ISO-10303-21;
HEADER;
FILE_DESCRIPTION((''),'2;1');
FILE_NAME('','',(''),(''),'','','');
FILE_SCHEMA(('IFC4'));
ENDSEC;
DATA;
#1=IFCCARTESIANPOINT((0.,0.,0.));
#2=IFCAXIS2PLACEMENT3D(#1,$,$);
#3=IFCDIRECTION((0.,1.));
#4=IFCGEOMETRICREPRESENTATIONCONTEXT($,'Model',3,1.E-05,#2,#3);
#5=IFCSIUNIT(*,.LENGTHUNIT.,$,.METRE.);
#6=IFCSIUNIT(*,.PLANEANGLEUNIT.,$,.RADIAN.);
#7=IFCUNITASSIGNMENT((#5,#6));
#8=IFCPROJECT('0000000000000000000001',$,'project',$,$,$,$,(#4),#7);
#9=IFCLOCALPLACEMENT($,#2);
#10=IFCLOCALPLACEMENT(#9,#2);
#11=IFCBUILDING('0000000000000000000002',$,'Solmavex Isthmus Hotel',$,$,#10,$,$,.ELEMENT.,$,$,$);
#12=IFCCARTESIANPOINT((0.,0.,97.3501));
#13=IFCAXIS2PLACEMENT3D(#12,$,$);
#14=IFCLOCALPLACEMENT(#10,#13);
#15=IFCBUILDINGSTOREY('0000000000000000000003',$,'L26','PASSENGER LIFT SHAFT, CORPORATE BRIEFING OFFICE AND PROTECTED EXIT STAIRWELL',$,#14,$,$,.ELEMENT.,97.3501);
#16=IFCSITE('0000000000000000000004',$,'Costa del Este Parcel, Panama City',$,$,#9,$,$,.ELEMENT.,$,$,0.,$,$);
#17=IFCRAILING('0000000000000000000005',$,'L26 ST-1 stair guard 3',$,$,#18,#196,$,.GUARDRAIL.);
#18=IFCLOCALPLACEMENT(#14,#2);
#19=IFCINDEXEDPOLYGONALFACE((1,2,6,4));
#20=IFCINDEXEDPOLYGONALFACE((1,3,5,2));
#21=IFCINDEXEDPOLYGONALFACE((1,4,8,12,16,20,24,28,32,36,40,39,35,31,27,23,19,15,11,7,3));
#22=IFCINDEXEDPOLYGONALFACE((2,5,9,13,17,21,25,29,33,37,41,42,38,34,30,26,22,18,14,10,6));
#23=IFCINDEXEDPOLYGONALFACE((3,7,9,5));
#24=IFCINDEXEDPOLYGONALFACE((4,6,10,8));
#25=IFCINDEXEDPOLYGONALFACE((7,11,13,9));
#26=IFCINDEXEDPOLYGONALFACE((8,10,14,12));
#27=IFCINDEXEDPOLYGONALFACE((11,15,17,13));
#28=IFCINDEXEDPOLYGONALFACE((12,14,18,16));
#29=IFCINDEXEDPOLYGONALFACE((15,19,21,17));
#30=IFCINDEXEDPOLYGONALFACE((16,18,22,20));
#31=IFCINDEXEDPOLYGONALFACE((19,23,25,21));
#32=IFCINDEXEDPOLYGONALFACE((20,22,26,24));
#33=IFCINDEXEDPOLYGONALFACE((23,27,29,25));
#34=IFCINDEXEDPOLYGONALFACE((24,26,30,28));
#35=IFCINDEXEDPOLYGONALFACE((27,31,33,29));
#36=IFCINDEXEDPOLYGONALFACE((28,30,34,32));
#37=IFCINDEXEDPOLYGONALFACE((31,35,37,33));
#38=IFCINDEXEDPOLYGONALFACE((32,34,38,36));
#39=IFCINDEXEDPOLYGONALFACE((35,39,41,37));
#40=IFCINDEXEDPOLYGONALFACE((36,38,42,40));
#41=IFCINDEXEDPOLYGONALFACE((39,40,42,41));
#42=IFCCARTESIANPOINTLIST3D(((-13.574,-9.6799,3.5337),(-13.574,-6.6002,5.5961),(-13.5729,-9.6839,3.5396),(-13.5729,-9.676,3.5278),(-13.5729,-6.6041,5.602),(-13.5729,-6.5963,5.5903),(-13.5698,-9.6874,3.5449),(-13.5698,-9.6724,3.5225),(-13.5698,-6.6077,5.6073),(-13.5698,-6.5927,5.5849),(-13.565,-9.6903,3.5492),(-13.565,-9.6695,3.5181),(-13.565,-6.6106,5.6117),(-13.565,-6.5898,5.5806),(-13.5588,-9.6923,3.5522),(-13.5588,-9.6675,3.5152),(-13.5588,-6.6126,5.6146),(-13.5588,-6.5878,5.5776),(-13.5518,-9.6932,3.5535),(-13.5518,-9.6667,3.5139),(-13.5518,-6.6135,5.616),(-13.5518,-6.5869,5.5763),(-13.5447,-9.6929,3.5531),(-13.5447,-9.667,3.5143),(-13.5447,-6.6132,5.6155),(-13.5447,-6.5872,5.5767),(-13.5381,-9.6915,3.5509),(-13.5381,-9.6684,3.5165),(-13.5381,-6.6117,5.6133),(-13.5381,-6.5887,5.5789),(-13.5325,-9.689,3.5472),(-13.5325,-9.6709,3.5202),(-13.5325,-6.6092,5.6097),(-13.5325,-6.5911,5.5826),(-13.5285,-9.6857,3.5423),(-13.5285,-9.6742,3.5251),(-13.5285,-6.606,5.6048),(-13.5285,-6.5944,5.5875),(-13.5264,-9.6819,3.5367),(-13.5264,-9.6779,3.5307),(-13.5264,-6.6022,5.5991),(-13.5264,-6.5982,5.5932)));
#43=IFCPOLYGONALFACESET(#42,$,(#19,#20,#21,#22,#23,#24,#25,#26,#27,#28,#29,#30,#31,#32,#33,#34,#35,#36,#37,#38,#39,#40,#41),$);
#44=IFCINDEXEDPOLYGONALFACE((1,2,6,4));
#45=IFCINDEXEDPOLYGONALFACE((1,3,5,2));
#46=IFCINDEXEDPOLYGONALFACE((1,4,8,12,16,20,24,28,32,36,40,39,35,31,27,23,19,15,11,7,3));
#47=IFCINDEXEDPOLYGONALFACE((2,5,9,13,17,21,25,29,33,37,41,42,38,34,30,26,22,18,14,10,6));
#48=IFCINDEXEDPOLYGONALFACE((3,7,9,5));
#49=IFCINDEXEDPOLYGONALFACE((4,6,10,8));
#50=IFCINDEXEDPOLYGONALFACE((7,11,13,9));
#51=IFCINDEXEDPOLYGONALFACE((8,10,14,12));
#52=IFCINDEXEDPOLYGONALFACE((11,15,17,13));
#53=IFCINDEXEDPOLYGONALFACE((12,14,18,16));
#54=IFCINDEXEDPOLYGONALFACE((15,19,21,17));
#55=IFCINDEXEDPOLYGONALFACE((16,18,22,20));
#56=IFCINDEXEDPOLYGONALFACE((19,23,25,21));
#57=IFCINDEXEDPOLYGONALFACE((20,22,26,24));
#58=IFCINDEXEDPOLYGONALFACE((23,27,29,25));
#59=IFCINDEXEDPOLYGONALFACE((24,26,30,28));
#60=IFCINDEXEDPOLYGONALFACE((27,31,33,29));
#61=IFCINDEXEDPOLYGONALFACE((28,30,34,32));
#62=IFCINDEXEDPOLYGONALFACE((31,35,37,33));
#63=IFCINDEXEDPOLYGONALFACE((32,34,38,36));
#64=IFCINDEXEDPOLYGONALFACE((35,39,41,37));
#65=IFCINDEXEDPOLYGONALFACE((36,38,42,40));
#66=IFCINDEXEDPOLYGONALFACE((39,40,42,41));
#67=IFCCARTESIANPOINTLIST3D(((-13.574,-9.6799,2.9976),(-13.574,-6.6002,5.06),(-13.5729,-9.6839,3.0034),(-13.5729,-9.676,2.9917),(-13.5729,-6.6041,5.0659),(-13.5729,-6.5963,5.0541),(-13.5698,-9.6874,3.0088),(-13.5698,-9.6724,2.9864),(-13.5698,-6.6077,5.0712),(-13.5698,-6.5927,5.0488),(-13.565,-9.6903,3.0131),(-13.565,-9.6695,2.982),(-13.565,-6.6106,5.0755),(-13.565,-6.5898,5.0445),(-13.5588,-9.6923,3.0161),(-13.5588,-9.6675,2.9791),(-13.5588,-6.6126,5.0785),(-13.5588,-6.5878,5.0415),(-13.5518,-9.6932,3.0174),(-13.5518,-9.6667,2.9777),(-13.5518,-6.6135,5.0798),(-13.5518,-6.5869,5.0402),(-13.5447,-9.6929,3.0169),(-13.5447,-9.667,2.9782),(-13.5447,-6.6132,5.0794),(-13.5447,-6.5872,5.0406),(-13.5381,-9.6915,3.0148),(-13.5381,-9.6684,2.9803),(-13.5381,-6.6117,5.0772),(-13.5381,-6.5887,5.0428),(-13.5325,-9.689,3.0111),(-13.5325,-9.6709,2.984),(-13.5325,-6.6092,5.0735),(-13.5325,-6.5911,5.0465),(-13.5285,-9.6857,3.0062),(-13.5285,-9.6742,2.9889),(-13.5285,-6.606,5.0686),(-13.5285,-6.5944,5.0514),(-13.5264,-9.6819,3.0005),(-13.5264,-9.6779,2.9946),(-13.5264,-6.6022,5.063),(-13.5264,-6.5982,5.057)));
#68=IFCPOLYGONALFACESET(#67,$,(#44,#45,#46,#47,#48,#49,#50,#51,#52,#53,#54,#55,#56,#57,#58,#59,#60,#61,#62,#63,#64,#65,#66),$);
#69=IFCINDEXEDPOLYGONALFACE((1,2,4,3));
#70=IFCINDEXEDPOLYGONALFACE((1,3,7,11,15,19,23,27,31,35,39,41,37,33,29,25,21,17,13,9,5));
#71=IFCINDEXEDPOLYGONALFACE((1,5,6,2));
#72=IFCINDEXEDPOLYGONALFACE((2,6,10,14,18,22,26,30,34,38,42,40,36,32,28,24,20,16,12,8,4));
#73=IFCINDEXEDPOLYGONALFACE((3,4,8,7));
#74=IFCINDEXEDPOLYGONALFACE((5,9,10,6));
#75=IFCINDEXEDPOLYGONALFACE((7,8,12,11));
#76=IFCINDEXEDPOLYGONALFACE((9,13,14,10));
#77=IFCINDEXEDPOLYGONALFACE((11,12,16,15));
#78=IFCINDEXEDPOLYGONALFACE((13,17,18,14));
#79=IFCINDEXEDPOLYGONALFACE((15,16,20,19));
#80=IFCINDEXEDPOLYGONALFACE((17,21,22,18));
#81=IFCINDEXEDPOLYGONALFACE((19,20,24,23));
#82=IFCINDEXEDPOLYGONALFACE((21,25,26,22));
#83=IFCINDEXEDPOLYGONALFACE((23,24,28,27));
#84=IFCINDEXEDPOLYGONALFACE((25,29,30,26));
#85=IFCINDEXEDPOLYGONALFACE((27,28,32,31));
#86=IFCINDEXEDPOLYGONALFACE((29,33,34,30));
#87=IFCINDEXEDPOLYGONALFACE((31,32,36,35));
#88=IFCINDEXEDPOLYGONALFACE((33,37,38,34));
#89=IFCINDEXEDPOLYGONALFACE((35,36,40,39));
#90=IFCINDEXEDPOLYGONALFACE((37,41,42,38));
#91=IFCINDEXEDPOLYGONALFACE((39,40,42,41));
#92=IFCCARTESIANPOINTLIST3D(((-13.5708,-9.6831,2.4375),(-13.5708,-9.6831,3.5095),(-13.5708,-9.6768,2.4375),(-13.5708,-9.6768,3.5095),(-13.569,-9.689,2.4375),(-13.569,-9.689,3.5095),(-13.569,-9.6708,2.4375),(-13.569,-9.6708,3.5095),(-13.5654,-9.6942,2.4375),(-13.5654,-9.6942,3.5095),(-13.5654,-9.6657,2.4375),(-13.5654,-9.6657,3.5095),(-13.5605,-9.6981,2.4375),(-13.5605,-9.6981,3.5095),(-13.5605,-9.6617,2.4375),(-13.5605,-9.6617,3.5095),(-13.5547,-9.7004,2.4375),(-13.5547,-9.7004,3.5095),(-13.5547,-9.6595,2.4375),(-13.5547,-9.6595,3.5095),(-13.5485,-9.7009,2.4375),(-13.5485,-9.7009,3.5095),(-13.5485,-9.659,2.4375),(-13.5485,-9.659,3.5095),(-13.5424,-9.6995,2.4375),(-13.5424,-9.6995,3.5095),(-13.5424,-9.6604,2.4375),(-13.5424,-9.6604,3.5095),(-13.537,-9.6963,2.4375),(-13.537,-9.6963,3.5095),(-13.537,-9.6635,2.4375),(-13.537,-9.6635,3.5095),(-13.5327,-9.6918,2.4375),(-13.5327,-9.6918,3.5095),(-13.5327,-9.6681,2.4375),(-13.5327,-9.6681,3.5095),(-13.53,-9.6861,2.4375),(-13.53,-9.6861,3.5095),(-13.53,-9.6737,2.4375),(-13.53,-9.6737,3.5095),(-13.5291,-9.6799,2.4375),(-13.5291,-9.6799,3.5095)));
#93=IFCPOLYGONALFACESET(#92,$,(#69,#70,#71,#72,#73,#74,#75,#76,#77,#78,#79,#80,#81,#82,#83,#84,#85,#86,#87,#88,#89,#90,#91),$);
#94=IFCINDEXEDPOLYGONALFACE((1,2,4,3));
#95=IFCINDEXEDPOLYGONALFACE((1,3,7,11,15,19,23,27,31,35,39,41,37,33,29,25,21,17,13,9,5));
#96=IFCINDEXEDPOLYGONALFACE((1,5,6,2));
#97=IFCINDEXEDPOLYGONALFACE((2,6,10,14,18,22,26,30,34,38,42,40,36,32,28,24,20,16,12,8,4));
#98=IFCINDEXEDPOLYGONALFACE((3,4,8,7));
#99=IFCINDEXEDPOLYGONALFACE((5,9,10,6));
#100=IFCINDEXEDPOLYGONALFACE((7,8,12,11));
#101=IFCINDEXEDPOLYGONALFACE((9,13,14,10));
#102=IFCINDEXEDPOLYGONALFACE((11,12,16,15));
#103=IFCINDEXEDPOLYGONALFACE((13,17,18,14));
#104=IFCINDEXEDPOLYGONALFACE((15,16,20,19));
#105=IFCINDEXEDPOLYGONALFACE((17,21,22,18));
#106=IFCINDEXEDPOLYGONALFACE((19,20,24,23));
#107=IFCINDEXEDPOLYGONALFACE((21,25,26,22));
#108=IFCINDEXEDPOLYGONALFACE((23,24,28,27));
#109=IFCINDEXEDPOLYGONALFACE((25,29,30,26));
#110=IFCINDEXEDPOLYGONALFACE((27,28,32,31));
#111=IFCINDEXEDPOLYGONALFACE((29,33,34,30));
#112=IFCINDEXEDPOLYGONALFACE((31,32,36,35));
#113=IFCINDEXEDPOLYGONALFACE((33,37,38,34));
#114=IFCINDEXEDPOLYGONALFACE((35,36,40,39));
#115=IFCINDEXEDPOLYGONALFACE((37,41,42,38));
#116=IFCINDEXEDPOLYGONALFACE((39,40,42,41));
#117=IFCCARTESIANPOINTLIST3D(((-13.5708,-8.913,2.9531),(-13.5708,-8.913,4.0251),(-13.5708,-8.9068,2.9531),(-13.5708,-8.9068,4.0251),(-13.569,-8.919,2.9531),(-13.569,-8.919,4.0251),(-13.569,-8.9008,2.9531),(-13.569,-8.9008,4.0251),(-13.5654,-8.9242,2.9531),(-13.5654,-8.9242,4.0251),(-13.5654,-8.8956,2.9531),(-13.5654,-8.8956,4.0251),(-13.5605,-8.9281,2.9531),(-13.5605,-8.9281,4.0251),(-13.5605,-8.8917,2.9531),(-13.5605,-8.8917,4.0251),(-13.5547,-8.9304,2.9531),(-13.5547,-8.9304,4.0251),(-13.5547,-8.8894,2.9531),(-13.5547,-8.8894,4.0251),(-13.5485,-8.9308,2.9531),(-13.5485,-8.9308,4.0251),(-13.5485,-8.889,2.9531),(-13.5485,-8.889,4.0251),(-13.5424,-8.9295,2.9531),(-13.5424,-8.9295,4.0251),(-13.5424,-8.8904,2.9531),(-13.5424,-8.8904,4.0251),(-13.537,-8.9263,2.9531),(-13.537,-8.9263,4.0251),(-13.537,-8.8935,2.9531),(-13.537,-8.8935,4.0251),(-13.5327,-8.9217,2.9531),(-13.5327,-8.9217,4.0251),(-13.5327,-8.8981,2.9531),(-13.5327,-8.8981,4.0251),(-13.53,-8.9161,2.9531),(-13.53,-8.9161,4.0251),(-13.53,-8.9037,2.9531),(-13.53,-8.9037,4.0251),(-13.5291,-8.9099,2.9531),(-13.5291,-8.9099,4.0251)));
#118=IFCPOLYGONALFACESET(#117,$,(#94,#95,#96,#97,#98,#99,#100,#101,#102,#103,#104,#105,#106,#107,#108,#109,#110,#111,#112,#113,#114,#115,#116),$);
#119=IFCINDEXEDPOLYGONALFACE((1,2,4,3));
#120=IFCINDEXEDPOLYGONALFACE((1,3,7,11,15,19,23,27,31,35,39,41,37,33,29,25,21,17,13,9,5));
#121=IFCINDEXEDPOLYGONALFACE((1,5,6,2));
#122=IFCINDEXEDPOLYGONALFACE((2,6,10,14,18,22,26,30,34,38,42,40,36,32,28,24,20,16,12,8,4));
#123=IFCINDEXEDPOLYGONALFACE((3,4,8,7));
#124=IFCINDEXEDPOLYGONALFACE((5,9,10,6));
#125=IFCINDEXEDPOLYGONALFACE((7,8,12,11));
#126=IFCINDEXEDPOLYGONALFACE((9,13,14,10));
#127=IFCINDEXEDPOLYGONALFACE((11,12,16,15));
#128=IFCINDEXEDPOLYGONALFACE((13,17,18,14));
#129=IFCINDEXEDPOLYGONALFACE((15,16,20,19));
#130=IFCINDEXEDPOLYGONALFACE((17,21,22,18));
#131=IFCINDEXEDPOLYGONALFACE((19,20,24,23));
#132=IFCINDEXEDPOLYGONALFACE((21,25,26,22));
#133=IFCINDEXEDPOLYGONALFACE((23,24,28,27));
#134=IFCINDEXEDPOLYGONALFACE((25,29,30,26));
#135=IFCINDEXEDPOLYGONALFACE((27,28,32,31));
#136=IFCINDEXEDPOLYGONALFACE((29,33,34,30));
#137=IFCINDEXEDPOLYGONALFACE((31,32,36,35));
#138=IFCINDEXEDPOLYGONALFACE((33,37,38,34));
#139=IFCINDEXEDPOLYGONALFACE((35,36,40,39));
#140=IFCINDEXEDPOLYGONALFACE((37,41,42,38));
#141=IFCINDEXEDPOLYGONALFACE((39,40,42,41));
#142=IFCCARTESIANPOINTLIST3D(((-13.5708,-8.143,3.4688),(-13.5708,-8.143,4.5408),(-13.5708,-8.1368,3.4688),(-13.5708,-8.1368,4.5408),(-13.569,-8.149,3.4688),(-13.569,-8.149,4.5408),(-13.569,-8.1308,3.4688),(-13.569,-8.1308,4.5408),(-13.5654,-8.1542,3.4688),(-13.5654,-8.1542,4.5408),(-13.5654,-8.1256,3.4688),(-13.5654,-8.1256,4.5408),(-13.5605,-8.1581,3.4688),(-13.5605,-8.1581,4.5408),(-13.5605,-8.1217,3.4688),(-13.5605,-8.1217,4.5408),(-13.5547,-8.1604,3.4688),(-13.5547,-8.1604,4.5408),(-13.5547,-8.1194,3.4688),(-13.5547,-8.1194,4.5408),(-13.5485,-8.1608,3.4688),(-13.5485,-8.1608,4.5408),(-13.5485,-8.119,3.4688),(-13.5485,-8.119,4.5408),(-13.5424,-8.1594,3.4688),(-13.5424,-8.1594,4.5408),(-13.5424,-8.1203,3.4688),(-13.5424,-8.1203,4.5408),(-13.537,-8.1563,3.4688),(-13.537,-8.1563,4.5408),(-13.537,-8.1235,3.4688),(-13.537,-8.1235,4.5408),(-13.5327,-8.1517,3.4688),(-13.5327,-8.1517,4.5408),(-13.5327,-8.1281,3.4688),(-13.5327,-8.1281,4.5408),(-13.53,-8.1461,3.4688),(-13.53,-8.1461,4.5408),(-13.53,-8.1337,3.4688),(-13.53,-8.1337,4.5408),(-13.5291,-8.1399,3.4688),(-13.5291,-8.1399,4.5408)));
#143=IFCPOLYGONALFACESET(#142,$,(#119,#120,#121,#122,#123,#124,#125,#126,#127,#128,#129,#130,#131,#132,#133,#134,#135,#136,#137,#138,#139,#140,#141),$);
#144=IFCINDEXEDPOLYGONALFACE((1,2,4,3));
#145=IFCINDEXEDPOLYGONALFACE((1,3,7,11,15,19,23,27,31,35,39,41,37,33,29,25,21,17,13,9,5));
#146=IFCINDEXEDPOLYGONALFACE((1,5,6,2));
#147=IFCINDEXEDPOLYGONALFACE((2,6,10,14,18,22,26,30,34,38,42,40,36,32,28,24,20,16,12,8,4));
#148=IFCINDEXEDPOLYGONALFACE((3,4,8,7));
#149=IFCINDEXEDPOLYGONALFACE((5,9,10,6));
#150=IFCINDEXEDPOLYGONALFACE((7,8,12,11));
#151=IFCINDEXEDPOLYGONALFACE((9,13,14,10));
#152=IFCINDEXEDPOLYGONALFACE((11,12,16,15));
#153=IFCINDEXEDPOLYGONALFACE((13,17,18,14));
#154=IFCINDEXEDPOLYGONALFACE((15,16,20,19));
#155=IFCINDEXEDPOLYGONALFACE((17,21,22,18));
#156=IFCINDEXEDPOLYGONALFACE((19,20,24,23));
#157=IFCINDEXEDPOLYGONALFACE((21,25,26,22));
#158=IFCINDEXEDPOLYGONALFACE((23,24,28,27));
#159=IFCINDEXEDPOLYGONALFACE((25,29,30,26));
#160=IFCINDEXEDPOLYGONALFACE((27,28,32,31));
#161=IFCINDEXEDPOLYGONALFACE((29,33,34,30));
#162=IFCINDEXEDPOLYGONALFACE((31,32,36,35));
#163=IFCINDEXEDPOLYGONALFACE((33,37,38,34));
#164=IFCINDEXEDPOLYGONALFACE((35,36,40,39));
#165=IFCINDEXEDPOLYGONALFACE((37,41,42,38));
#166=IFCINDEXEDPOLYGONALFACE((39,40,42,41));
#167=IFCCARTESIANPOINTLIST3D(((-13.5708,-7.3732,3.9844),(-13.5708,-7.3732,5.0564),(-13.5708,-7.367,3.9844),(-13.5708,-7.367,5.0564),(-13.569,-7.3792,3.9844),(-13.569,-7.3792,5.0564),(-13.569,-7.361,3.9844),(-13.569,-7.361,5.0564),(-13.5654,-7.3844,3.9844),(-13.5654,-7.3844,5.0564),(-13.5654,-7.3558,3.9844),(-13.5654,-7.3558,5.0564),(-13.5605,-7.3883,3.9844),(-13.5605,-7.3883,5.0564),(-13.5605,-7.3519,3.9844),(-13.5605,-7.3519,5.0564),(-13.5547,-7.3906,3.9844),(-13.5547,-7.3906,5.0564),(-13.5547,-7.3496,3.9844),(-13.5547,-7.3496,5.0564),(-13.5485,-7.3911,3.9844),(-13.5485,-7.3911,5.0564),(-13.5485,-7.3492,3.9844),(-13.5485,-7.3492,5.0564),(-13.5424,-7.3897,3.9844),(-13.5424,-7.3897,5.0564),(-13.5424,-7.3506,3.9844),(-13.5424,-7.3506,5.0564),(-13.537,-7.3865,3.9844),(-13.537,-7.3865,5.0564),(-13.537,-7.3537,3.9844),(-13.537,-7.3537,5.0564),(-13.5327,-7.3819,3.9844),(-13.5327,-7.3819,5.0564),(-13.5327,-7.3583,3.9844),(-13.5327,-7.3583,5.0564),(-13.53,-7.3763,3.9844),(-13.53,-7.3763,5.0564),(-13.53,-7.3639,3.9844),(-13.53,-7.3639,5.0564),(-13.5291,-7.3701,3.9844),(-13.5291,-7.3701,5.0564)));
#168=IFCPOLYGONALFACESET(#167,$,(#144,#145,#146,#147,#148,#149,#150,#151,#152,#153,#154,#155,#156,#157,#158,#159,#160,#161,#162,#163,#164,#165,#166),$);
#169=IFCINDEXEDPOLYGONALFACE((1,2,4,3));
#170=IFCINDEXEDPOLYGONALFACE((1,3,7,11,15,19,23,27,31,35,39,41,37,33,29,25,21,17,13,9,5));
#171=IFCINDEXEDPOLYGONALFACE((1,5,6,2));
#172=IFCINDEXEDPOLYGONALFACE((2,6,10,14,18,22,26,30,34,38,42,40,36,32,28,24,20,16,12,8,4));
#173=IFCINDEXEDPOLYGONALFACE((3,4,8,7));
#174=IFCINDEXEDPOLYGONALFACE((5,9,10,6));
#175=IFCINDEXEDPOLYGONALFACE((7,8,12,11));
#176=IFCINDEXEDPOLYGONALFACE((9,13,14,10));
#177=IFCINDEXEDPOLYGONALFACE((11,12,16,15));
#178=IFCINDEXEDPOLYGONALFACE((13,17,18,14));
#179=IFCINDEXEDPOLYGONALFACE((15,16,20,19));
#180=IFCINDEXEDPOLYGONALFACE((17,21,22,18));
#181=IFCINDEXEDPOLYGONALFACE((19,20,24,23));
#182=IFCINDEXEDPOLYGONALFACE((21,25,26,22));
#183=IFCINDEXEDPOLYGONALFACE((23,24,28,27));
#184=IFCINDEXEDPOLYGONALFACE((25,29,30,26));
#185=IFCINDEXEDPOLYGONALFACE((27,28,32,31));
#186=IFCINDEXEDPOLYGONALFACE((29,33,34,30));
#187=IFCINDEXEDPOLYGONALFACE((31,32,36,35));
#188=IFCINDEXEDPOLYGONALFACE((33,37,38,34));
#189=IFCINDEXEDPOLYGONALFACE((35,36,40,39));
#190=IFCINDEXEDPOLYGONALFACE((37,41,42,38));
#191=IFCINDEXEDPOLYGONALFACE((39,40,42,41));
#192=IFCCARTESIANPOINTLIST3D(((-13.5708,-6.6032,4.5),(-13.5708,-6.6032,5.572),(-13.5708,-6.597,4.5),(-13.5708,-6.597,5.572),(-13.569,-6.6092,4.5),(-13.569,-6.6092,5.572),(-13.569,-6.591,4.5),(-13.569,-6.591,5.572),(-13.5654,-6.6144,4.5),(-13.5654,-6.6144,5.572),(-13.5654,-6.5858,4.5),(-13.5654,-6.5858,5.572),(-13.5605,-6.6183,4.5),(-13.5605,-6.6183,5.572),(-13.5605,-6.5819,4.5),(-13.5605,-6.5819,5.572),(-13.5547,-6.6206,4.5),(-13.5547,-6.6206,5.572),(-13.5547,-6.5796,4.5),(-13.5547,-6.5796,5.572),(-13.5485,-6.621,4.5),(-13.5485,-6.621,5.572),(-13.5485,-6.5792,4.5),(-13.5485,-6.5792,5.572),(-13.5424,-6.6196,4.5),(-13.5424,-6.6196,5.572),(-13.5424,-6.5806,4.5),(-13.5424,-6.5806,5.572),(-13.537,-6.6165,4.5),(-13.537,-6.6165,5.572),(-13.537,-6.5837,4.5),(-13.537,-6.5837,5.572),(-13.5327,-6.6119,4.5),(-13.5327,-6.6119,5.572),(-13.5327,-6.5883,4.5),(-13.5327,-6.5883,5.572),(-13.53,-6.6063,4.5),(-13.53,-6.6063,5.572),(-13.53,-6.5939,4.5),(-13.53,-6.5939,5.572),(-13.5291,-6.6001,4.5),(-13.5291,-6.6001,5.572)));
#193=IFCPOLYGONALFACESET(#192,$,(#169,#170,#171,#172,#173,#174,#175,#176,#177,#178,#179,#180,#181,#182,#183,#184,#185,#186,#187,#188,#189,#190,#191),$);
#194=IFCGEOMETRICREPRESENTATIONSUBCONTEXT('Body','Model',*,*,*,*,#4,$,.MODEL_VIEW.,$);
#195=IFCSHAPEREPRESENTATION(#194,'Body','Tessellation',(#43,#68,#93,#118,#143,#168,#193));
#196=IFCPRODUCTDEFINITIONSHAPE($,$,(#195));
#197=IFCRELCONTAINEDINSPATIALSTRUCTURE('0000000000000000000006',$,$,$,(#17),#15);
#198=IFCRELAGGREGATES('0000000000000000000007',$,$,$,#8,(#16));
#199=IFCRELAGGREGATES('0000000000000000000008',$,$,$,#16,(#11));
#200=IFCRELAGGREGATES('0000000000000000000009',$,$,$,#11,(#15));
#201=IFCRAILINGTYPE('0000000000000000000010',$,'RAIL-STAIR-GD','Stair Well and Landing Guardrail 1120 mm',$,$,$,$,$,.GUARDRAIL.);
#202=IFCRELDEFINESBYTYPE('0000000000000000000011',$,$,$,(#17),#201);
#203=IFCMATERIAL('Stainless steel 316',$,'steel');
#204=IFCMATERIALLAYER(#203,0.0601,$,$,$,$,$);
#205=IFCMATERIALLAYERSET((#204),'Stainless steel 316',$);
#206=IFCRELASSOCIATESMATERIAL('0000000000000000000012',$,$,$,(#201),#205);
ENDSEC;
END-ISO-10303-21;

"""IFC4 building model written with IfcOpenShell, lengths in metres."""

from ifc_helpers import new_model, si_unit, direction, frame, origin, origin_2d, place, context, subcontext, project, spatial, circle, extrude, material, layer, layer_set, type_object, element, save


model = new_model("IFC4")

# Units and contexts
model_context = context("Model", 3, precision=1e-05, world=origin(), true_north=direction((0.0, 1.0)))
body_context = subcontext(model_context, "Body", "Model", "MODEL_VIEW")
ifc_project = project(units=[si_unit("LENGTHUNIT", "METRE"), si_unit("PLANEANGLEUNIT", "RADIAN")], contexts=[model_context])

# Site, building, storey
site_placement = place(None, origin())
site = spatial("IfcSite", under=ifc_project, at=site_placement, Name="Costa del Este Parcel, Panama City", CompositionType="ELEMENT", RefElevation=0.0)
building_placement = place(site_placement, origin())
building = spatial("IfcBuilding", under=site, at=building_placement, Name="Solmavex Isthmus Hotel", CompositionType="ELEMENT")
storey_placement = place(building_placement, frame((0.0, 0.0, 97.3501)))
storey = spatial("IfcBuildingStorey", under=building, at=storey_placement, Name="L26", Description="PASSENGER LIFT SHAFT, CORPORATE BRIEFING OFFICE AND PROTECTED EXIT STAIRWELL", CompositionType="ELEMENT", Elevation=97.3501)

# Railing
ifc_material_1 = material(Name="Stainless steel 316", Category="steel")
ifc_layer_1 = layer(ifc_material_1, 0.0601)
ifc_layer_set_1 = layer_set([ifc_layer_1], Name="Stainless steel 316")
railing_type_1 = type_object("IfcRailingType", Name="RAIL-STAIR-GD", Description="Stair Well and Landing Guardrail 1120 mm", PredefinedType="GUARDRAIL", material=ifc_layer_set_1)
railing_1_placement = place(storey_placement, frame((-13.55, -9.6799, 2.4375)))
element("IfcRailing", 1, at=railing_1_placement, inside=storey, type_object=railing_type_1, Name="L26 ST-1 stair guard 3", PredefinedType="GUARDRAIL", context=body_context, shape_type="SweptSolid", body=[
    extrude(circle(Radius=0.0239, at=origin_2d()), frame((0.0, 0.0, 1.0962), z_axis=(0.0, 0.830893, 0.556432), x_axis=(-1.0, 0.0, 0.0)), (0.0, 0.0, 1.0), 3.7065),
    extrude(circle(Radius=0.0239, at=origin_2d()), frame((0.0, 0.0, 0.5601), z_axis=(0.0, 0.830893, 0.556432), x_axis=(-1.0, 0.0, 0.0)), (0.0, 0.0, 1.0), 3.7065),
    extrude(circle(Radius=0.021, at=origin_2d()), origin(), (0.0, 0.0, 1.0), 1.072),
    extrude(circle(Radius=0.021, at=origin_2d()), frame((0.0, 0.77, 0.5156)), (0.0, 0.0, 1.0), 1.072),
    extrude(circle(Radius=0.021, at=origin_2d()), frame((0.0, 1.54, 1.0312)), (0.0, 0.0, 1.0), 1.072),
    extrude(circle(Radius=0.021, at=origin_2d()), frame((0.0, 2.3098, 1.5469)), (0.0, 0.0, 1.0), 1.072),
    extrude(circle(Radius=0.021, at=origin_2d()), frame((0.0, 3.0798, 2.0625)), (0.0, 0.0, 1.0), 1.072),
])

save(model, "model.ifc")
